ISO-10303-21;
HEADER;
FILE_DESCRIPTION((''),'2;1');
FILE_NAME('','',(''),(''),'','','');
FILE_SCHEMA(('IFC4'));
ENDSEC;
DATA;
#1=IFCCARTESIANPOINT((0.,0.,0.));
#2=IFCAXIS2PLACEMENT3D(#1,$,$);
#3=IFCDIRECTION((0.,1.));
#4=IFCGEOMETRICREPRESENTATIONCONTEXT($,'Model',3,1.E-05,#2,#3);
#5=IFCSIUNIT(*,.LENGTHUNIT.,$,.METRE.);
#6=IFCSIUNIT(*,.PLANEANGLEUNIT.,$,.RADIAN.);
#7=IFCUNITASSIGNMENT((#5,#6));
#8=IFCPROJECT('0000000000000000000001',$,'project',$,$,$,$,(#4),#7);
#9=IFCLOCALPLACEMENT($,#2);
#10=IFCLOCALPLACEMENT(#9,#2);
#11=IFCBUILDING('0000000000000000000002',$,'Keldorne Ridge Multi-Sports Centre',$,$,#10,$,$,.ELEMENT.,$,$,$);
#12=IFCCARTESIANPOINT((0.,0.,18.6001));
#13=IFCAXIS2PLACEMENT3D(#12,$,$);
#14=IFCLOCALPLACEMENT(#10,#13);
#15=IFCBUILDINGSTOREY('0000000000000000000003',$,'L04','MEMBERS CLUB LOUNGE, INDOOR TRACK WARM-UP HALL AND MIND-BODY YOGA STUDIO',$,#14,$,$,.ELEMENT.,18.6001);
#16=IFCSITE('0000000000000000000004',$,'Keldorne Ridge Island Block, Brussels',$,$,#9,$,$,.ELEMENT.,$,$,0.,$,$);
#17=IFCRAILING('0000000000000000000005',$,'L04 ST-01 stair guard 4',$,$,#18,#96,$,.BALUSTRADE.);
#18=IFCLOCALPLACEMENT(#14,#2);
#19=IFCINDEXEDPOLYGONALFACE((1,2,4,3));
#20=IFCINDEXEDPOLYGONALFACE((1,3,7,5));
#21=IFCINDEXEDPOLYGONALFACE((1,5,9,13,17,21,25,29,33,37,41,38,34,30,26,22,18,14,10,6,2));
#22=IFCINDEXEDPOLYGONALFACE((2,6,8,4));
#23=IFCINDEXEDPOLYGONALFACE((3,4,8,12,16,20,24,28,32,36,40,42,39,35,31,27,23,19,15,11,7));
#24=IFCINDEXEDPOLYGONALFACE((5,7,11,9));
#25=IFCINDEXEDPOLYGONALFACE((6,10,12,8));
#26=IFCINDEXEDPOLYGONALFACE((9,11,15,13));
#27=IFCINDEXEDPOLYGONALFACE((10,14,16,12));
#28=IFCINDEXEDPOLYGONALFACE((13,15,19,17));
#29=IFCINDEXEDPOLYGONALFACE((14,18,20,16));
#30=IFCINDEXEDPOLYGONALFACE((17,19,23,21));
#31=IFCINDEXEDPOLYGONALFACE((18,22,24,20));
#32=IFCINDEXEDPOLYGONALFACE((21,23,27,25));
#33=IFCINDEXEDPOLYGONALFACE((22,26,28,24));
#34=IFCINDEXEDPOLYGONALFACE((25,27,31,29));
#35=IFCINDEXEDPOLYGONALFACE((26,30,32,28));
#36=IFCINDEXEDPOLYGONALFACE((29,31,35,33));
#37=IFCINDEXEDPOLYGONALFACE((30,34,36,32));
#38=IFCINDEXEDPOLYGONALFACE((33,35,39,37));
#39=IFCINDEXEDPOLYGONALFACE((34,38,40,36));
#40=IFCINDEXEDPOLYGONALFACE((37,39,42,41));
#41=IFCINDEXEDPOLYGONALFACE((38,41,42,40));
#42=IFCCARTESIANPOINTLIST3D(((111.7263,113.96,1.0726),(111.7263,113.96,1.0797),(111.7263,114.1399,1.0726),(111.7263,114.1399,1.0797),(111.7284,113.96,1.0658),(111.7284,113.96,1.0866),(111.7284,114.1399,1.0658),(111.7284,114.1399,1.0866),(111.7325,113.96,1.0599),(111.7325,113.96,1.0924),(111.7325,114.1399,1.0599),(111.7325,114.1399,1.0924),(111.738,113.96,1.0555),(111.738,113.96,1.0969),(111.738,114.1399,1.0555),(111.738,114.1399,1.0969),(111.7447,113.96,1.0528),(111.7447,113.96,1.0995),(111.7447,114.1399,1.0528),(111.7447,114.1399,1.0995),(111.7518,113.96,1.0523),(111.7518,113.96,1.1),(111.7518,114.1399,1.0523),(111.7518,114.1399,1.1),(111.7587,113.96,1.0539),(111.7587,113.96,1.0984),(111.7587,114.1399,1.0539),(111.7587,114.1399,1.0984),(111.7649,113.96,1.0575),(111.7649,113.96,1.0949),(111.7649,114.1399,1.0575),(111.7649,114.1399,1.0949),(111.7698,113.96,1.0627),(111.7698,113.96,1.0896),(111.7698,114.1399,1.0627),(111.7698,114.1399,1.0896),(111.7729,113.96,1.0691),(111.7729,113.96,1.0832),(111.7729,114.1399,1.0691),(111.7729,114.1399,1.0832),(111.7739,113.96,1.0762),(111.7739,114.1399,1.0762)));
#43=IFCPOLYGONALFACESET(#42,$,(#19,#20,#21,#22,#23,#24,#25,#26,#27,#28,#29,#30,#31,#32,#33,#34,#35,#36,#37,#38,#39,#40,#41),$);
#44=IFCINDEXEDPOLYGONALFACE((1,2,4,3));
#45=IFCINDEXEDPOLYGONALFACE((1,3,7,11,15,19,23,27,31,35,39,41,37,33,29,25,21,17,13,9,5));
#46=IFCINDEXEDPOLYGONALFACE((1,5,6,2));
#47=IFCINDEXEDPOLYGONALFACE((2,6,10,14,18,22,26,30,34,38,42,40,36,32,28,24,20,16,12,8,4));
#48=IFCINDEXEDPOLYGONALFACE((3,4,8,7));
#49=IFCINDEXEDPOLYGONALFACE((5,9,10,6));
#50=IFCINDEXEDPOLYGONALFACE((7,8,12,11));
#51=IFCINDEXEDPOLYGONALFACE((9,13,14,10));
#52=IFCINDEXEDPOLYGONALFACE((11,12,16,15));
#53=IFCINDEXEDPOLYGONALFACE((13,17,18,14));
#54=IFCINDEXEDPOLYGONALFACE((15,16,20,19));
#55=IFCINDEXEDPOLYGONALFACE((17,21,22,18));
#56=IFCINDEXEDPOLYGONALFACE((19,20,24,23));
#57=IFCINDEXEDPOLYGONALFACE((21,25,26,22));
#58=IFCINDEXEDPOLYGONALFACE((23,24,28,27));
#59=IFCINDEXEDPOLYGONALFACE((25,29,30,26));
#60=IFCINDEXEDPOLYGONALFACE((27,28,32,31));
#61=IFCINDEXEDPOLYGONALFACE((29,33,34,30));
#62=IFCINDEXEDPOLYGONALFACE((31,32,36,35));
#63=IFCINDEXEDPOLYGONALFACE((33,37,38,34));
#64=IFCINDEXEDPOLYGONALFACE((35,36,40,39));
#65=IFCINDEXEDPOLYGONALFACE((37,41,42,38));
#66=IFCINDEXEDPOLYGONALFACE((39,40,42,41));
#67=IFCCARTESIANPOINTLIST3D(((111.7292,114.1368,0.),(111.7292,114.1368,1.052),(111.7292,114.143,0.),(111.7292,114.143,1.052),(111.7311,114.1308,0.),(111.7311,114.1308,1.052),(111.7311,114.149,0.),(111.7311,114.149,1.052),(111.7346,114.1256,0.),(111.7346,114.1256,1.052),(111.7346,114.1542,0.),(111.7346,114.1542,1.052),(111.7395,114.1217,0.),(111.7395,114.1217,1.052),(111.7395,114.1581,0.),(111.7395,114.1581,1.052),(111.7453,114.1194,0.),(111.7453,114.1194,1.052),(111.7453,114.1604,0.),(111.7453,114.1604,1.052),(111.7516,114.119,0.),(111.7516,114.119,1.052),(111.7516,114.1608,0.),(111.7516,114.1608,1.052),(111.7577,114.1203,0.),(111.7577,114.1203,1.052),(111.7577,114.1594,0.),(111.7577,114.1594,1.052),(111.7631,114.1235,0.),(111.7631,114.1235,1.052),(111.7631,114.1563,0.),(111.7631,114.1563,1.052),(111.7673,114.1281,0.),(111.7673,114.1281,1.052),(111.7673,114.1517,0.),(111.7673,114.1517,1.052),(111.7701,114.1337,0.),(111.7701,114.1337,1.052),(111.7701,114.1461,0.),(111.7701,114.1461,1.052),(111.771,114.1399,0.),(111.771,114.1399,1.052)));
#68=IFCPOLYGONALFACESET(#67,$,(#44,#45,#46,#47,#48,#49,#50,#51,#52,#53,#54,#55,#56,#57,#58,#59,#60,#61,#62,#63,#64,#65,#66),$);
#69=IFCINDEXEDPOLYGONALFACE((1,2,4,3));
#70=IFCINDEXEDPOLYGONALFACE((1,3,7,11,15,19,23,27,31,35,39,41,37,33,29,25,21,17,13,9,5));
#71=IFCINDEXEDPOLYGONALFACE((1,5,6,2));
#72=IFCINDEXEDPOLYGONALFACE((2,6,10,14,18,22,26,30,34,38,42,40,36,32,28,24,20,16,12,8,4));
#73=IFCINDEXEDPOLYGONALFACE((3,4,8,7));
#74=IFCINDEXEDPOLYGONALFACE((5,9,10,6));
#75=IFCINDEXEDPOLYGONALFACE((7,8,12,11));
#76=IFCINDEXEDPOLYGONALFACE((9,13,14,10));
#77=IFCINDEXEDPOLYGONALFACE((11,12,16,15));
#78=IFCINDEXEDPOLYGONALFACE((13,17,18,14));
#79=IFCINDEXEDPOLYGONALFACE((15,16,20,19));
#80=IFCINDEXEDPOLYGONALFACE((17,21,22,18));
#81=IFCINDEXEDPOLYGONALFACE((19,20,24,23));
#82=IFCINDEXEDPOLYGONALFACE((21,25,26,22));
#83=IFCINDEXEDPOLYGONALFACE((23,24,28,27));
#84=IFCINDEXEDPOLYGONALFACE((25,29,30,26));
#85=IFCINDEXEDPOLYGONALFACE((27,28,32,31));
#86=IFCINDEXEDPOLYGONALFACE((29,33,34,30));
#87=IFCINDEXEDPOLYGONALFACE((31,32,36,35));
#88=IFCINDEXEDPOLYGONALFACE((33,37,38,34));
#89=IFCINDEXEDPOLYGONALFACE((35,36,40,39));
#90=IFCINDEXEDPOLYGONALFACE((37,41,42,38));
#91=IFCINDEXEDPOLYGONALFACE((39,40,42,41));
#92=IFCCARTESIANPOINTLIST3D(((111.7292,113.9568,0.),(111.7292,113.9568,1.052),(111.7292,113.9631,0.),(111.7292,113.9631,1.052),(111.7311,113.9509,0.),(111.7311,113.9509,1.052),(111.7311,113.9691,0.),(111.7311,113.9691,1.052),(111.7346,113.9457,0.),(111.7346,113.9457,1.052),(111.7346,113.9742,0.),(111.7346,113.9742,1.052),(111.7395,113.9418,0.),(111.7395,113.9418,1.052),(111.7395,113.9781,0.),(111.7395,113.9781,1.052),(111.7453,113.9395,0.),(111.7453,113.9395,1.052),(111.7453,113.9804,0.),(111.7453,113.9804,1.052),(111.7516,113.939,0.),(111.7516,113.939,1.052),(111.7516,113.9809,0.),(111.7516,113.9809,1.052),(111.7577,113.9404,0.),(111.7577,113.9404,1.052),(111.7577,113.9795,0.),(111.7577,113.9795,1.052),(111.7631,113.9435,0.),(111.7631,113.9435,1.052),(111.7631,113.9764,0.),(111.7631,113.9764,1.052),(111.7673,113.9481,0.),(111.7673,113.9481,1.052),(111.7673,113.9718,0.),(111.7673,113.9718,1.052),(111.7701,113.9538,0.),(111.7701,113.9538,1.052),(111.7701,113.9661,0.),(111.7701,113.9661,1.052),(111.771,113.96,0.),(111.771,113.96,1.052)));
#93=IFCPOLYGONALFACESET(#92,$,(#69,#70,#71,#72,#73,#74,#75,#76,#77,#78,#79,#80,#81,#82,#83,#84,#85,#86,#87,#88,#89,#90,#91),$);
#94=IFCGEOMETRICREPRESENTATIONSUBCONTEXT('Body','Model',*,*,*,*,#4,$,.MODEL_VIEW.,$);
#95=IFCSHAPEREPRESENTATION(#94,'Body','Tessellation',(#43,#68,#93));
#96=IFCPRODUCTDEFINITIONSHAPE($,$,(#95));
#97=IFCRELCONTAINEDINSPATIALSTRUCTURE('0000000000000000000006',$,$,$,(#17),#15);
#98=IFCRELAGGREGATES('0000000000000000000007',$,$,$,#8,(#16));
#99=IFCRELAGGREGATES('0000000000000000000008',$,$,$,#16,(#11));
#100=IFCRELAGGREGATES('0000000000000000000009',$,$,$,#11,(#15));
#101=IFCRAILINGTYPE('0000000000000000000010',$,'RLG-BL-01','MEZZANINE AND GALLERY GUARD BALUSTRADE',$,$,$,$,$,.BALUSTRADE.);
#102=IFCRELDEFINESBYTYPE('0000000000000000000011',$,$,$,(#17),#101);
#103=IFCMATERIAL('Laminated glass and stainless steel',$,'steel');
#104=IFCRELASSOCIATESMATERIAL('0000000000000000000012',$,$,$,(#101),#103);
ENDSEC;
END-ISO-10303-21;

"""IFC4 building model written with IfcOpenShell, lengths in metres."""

from ifc_helpers import new_model, si_unit, direction, frame, origin, origin_2d, place, context, subcontext, project, spatial, circle, extrude, material, type_object, element, save


model = new_model("IFC4")

# Units and contexts
model_context = context("Model", 3, precision=1e-05, world=origin(), true_north=direction((0.0, 1.0)))
body_context = subcontext(model_context, "Body", "Model", "MODEL_VIEW")
ifc_project = project(units=[si_unit("LENGTHUNIT", "METRE"), si_unit("PLANEANGLEUNIT", "RADIAN")], contexts=[model_context])

# Site, building, storey
site_placement = place(None, origin())
site = spatial("IfcSite", under=ifc_project, at=site_placement, Name="Keldorne Ridge Island Block, Brussels", CompositionType="ELEMENT", RefElevation=0.0)
building_placement = place(site_placement, origin())
building = spatial("IfcBuilding", under=site, at=building_placement, Name="Keldorne Ridge Multi-Sports Centre", CompositionType="ELEMENT")
storey_placement = place(building_placement, frame((0.0, 0.0, 18.6001)))
storey = spatial("IfcBuildingStorey", under=building, at=storey_placement, Name="L04", Description="MEMBERS CLUB LOUNGE, INDOOR TRACK WARM-UP HALL AND MIND-BODY YOGA STUDIO", CompositionType="ELEMENT", Elevation=18.6001)

# Railing
ifc_material_1 = material(Name="Laminated glass and stainless steel", Category="steel")
railing_type_1 = type_object("IfcRailingType", Name="RLG-BL-01", Description="MEZZANINE AND GALLERY GUARD BALUSTRADE", PredefinedType="BALUSTRADE", material=ifc_material_1)
railing_1_placement = place(storey_placement, frame((111.75, 114.1399, 0.0)))
element("IfcRailing", 1, at=railing_1_placement, inside=storey, type_object=railing_type_1, Name="L04 ST-01 stair guard 4", PredefinedType="BALUSTRADE", context=body_context, shape_type="SweptSolid", body=[
    extrude(circle(Radius=0.0239, at=origin_2d()), frame((0.0, 0.0, 1.0762), z_axis=(0.0, -1.0, 0.0), x_axis=(1.0, 0.0, 0.0)), (0.0, 0.0, 1.0), 0.1799),
    extrude(circle(Radius=0.021, at=origin_2d()), origin(), (0.0, 0.0, 1.0), 1.052),
    extrude(circle(Radius=0.021, at=origin_2d()), frame((0.0, -0.1799, 0.0)), (0.0, 0.0, 1.0), 1.052),
])

save(model, "model.ifc")
